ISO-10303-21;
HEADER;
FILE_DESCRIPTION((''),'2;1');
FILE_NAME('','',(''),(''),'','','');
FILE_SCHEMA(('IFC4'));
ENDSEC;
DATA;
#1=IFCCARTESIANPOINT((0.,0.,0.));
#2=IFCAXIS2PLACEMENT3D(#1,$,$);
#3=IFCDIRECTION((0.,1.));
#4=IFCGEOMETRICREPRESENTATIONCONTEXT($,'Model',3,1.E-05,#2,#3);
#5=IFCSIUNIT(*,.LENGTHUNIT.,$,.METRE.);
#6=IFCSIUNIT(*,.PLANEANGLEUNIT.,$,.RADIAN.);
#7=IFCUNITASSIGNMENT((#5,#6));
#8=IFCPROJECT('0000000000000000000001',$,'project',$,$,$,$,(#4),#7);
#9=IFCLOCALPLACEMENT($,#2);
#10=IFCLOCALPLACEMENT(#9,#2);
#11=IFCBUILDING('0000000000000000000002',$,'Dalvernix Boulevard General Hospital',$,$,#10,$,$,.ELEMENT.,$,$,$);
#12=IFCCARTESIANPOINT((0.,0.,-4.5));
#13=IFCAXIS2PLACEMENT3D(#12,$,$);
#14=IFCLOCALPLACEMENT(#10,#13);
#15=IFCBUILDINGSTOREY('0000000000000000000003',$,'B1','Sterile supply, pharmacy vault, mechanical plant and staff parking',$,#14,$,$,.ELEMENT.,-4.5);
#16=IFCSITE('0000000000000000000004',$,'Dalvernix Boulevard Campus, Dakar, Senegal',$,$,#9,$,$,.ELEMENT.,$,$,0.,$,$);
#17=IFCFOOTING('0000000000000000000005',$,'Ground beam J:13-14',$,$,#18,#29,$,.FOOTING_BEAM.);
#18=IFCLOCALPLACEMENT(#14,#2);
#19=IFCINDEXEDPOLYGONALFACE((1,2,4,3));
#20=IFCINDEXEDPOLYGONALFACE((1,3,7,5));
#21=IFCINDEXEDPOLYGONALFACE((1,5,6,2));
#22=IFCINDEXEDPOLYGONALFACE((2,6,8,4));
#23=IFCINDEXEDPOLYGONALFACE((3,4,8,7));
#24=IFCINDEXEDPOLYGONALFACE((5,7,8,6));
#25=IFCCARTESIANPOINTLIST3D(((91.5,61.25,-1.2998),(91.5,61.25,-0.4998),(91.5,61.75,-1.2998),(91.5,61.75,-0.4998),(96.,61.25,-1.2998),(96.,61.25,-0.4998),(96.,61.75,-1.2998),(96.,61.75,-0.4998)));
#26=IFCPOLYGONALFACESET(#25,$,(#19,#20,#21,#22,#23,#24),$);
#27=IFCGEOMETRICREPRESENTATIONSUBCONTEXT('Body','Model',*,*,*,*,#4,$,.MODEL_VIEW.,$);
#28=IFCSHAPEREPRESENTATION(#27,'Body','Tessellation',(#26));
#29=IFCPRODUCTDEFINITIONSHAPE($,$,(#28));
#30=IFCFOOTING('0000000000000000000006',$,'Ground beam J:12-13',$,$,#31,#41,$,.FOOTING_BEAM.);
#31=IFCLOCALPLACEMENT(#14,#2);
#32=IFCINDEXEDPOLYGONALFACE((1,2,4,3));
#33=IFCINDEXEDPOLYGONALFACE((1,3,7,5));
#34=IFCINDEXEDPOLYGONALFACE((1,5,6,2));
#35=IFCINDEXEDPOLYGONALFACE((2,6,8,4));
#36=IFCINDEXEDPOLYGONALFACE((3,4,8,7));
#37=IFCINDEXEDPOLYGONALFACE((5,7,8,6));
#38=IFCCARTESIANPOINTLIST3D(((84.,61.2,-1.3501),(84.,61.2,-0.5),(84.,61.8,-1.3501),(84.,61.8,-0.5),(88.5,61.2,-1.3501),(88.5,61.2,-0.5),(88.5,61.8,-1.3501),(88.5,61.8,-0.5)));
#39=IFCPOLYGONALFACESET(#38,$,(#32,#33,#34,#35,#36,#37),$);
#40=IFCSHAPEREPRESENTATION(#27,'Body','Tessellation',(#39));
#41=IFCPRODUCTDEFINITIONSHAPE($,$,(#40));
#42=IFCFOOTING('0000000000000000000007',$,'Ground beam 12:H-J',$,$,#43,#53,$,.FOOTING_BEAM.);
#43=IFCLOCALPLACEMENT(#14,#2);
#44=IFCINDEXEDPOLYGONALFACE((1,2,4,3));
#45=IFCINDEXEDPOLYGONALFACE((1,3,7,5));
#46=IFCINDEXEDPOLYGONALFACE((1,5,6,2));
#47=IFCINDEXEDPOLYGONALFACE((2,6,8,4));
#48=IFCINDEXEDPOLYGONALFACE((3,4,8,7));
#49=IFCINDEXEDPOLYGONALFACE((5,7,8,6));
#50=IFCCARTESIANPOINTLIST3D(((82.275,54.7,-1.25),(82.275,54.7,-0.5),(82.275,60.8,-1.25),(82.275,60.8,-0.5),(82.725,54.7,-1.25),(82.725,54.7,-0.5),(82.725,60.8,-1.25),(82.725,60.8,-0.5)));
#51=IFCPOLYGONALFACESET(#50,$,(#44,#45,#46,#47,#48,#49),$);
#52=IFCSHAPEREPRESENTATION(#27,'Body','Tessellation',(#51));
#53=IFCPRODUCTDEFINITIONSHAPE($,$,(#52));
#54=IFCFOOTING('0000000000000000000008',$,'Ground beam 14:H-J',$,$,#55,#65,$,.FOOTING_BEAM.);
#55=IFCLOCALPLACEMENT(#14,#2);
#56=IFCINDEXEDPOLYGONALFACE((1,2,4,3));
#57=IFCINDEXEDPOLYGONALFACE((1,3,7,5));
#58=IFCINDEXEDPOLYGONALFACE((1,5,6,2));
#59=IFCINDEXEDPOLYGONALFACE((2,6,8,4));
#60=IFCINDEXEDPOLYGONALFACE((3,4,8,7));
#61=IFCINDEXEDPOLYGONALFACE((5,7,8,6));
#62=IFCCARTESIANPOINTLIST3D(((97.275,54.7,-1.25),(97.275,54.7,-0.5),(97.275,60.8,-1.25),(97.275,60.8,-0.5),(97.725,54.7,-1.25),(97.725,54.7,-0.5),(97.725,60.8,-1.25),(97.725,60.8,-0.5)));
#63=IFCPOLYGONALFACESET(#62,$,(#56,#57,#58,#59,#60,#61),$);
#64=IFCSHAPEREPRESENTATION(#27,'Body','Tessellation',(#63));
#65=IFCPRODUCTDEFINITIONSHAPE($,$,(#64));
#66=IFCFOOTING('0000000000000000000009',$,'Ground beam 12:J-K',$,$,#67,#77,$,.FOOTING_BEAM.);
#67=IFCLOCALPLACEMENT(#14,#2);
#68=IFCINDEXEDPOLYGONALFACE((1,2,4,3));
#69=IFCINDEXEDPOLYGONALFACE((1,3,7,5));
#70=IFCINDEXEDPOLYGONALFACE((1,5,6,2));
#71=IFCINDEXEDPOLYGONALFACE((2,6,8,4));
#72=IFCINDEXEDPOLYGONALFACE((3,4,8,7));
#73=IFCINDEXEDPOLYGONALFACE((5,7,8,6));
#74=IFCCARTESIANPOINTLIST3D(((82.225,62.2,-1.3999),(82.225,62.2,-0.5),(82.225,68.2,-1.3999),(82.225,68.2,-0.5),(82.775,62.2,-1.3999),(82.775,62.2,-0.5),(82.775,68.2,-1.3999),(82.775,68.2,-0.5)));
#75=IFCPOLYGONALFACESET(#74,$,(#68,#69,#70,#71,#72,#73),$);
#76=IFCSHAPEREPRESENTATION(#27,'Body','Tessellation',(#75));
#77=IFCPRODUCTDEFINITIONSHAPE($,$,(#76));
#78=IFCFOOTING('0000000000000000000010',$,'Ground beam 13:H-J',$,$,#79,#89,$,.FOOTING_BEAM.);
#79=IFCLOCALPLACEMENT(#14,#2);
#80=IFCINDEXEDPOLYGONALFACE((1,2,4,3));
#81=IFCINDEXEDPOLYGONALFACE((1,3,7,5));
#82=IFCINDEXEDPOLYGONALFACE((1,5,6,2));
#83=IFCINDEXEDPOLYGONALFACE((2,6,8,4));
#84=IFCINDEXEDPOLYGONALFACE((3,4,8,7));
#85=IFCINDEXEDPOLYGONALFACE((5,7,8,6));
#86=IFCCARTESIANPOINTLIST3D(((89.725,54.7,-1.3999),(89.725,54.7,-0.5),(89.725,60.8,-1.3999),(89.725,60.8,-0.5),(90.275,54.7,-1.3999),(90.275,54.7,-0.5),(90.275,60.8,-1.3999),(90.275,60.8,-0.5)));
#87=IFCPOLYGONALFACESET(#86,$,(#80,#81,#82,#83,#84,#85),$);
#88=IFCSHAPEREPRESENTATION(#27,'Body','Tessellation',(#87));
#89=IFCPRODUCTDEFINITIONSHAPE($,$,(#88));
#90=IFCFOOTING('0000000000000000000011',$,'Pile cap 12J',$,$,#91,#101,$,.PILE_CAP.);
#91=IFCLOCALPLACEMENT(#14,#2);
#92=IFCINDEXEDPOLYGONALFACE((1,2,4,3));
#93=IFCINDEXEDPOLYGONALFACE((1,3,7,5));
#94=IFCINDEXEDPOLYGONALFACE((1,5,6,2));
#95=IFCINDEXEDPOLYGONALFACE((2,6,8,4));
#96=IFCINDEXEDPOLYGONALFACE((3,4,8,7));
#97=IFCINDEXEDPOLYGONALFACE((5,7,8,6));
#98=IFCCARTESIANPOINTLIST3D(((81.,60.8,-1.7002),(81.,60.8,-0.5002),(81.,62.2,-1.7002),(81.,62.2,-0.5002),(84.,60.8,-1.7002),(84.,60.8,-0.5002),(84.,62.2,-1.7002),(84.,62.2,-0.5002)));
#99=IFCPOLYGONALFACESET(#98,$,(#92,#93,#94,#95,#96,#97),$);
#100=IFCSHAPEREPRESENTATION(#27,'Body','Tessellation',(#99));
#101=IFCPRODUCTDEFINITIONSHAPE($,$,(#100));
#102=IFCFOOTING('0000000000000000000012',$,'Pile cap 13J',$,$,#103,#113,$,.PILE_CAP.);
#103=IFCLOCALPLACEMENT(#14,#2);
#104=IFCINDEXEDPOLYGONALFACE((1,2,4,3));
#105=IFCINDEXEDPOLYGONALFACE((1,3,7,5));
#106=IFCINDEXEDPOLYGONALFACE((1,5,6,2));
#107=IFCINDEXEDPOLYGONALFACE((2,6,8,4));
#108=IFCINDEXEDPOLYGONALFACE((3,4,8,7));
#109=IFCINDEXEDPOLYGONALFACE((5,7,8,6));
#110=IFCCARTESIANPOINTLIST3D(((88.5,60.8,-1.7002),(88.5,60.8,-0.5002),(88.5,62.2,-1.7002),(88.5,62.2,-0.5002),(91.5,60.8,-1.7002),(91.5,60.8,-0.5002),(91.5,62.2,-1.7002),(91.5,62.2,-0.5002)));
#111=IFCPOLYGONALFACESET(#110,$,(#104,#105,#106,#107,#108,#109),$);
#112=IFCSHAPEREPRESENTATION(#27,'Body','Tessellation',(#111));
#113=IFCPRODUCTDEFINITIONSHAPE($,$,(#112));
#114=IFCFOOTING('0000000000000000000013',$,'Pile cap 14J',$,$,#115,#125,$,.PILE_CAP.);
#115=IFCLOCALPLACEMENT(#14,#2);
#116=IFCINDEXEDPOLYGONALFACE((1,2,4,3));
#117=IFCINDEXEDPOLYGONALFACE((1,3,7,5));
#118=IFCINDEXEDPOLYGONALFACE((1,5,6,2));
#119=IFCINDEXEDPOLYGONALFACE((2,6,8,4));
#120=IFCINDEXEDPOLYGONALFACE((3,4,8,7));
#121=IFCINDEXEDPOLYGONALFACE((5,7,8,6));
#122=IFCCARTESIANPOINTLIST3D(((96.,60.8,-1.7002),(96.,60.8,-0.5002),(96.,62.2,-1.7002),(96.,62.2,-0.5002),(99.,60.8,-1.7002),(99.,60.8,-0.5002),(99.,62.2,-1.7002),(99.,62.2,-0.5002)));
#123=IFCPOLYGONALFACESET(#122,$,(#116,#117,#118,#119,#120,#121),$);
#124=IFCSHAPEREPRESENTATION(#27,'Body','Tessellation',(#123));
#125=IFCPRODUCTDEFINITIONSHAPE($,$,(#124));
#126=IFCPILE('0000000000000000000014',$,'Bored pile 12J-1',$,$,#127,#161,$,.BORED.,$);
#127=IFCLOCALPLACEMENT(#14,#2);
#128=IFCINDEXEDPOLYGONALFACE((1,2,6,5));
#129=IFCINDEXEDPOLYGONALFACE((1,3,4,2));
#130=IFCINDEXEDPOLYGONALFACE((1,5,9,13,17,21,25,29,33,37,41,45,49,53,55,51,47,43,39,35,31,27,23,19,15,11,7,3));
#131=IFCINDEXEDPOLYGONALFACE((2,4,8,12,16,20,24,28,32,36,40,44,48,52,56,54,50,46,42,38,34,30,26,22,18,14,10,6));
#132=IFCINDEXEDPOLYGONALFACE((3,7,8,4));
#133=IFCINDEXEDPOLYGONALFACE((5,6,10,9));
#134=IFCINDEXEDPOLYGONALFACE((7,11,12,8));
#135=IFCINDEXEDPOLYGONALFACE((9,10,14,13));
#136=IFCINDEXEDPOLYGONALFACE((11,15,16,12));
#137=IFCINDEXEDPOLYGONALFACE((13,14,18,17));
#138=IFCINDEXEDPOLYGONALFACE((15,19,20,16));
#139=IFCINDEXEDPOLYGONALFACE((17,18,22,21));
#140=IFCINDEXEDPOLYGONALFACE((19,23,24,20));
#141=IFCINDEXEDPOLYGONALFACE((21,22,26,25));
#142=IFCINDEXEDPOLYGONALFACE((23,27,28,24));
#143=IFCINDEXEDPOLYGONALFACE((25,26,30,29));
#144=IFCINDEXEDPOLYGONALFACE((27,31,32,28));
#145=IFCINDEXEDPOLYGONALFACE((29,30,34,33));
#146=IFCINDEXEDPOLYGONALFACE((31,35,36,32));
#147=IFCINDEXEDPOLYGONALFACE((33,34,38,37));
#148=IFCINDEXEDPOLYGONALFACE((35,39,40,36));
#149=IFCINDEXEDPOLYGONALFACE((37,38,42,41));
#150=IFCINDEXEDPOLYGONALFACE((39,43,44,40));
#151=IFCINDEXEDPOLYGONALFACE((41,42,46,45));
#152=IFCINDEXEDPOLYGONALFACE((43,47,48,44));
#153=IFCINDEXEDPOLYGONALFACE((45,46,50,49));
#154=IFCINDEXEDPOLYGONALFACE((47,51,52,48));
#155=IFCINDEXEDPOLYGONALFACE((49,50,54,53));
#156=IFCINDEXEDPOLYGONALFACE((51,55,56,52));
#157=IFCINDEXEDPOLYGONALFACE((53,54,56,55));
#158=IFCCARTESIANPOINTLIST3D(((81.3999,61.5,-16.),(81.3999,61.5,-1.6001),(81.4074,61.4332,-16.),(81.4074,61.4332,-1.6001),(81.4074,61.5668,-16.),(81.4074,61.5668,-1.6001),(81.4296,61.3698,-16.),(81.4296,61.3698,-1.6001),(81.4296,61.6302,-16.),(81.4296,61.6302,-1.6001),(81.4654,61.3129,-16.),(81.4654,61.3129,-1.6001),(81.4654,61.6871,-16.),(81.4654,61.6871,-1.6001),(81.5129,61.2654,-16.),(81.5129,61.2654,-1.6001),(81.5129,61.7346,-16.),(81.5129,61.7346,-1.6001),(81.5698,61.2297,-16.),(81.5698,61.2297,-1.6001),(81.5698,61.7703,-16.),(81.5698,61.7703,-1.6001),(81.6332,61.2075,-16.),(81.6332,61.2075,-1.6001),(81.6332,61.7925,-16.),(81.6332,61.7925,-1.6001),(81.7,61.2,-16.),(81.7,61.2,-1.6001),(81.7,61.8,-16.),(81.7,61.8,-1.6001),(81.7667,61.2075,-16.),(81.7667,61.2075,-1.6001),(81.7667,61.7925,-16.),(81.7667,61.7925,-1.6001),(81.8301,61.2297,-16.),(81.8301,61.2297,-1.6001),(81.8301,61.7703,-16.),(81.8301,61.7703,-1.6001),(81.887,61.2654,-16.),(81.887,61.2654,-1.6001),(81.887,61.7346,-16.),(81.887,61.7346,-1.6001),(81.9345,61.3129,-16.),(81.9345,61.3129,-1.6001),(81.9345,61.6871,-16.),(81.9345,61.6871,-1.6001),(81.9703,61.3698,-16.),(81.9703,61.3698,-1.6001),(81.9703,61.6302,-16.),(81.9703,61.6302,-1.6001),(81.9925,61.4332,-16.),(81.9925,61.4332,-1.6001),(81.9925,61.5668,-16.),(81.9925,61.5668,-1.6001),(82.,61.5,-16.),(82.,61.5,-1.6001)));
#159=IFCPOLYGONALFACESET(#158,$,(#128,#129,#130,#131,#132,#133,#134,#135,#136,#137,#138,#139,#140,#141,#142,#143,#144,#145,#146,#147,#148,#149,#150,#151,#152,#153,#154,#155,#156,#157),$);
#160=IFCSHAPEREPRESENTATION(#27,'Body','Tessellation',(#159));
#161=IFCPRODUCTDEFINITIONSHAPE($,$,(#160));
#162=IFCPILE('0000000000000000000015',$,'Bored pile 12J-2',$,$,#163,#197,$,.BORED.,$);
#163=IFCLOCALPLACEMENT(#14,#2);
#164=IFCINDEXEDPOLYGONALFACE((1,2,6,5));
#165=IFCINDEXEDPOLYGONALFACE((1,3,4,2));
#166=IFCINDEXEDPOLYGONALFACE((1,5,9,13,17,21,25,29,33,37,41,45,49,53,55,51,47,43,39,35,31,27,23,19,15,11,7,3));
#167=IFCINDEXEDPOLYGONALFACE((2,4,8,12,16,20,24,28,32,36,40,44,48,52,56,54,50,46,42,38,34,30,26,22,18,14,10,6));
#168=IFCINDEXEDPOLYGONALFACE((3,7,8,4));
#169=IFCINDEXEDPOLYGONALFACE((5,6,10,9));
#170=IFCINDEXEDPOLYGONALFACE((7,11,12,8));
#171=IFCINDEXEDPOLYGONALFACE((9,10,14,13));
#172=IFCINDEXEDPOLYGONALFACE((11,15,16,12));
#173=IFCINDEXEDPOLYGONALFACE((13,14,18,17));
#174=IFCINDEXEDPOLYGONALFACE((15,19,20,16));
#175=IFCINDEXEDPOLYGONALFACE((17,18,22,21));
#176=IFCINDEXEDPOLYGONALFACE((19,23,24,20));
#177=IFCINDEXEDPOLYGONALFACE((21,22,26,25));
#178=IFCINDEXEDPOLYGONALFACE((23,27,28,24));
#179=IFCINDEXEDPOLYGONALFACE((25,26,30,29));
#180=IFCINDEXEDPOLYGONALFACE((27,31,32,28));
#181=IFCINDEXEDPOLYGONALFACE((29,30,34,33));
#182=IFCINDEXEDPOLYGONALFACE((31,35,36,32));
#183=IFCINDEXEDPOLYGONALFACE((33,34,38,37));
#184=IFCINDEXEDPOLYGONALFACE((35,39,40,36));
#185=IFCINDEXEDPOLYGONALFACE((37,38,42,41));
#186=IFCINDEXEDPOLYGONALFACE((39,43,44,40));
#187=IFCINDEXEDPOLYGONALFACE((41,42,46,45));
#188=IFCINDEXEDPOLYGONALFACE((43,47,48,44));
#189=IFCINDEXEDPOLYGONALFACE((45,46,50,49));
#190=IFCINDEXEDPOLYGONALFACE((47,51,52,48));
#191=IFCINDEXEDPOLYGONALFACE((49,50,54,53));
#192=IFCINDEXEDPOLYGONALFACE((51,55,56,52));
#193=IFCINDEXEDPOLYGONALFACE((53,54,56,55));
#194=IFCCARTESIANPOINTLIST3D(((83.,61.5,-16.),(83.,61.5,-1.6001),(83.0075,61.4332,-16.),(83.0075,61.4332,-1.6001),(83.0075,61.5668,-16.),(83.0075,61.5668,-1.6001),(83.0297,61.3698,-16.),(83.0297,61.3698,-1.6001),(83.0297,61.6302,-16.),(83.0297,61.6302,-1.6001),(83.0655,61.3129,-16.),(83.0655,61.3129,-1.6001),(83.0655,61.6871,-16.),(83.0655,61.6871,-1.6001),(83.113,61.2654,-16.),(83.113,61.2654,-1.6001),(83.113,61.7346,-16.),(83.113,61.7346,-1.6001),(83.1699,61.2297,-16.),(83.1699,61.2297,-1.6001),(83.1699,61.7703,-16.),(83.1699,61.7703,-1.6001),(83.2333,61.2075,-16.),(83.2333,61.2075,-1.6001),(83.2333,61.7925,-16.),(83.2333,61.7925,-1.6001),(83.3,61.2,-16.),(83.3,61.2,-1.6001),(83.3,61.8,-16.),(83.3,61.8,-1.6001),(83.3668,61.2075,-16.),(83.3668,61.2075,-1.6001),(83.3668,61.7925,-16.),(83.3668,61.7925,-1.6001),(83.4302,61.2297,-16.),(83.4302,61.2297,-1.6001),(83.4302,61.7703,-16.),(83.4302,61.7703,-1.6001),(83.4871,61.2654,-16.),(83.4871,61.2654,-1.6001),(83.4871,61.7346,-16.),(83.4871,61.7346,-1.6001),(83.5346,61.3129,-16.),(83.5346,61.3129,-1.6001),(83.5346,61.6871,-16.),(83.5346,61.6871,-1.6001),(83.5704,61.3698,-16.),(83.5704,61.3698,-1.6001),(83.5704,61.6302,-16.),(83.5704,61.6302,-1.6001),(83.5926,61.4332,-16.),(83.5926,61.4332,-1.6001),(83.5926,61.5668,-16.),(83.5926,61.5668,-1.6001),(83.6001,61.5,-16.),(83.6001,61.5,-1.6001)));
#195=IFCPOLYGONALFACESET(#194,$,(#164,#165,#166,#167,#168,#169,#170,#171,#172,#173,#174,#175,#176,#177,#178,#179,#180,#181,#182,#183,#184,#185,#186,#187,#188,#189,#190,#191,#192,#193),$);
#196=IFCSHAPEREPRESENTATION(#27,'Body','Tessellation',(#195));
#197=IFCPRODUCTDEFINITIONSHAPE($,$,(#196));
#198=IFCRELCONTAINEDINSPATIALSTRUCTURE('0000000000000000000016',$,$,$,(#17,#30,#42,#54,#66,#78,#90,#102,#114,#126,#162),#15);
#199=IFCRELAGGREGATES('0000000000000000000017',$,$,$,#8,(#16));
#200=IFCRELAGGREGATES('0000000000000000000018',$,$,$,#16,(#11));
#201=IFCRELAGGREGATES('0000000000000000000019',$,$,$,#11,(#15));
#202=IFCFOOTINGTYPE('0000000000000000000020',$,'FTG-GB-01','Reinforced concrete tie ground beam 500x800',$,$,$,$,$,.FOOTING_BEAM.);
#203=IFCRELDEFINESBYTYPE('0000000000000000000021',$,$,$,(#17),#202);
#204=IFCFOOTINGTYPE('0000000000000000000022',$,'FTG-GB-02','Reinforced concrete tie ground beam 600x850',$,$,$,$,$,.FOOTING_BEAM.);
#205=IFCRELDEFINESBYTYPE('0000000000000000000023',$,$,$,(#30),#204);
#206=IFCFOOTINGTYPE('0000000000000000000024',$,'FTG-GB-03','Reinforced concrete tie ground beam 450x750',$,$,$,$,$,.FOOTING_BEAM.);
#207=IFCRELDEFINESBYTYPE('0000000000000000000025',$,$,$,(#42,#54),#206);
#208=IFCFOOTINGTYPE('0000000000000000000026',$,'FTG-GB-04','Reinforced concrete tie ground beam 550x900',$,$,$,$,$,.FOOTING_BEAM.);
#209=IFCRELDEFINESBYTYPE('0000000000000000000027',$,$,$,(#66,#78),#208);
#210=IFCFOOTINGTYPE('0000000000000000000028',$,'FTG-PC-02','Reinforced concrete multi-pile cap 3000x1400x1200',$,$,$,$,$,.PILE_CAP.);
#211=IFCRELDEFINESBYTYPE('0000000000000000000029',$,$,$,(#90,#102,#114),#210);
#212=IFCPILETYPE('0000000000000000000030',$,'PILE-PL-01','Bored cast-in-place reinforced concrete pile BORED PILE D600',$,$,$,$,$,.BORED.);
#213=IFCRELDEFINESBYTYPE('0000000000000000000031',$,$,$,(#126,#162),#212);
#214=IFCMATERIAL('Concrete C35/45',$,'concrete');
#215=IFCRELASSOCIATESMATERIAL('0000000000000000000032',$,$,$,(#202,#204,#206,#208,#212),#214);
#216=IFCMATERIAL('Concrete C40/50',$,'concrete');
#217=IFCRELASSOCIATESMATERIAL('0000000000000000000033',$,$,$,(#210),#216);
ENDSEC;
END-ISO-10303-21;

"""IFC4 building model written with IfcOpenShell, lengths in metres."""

from ifc_helpers import new_model, si_unit, direction, frame, origin, origin_2d, place, context, subcontext, project, spatial, rectangle, circle, extrude, material, material_profile, profile_set, type_object, element, save


model = new_model("IFC4")

# Units and contexts
model_context = context("Model", 3, precision=1e-05, world=origin(), true_north=direction((0.0, 1.0)))
body_context = subcontext(model_context, "Body", "Model", "MODEL_VIEW")
ifc_project = project(units=[si_unit("LENGTHUNIT", "METRE"), si_unit("PLANEANGLEUNIT", "RADIAN")], contexts=[model_context])

# Site, building, storey
site_placement = place(None, origin())
site = spatial("IfcSite", under=ifc_project, at=site_placement, Name="Dalvernix Boulevard Campus, Dakar, Senegal", CompositionType="ELEMENT", RefElevation=0.0)
building_placement = place(site_placement, origin())
building = spatial("IfcBuilding", under=site, at=building_placement, Name="Dalvernix Boulevard General Hospital", CompositionType="ELEMENT")
storey_placement = place(building_placement, frame((0.0, 0.0, -4.5)))
storey = spatial("IfcBuildingStorey", under=building, at=storey_placement, Name="B1", Description="Sterile supply, pharmacy vault, mechanical plant and staff parking", CompositionType="ELEMENT", Elevation=-4.5)

# Footings
ifc_material_1 = material(Name="Concrete C35/45", Category="concrete")
footing_type_1 = type_object("IfcFootingType", Name="FTG-GB-01", Description="Reinforced concrete tie ground beam 500x800", PredefinedType="FOOTING_BEAM", material=ifc_material_1)
footing_1_placement = place(storey_placement, frame((93.75, 61.5, -1.2998), z_axis=(0.0, 0.0, 1.0), x_axis=(1.0, 0.0, 0.0)))
element("IfcFooting", 1, at=footing_1_placement, inside=storey, type_object=footing_type_1, Name="Ground beam J:13-14", PredefinedType="FOOTING_BEAM", context=body_context, shape_type="SweptSolid", body=[
    extrude(rectangle(XDim=4.5, YDim=0.5, at=origin_2d()), origin(), (0.0, 0.0, 1.0), 0.8),
])
footing_type_2 = type_object("IfcFootingType", Name="FTG-GB-02", Description="Reinforced concrete tie ground beam 600x850", PredefinedType="FOOTING_BEAM", material=ifc_material_1)
footing_2_placement = place(storey_placement, frame((86.25, 61.5, -1.3501), z_axis=(0.0, 0.0, 1.0), x_axis=(1.0, 0.0, 0.0)))
element("IfcFooting", 2, at=footing_2_placement, inside=storey, type_object=footing_type_2, Name="Ground beam J:12-13", PredefinedType="FOOTING_BEAM", context=body_context, shape_type="SweptSolid", body=[
    extrude(rectangle(XDim=4.5, YDim=0.6001, at=origin_2d()), origin(), (0.0, 0.0, 1.0), 0.8501),
])
footing_type_3 = type_object("IfcFootingType", Name="FTG-GB-03", Description="Reinforced concrete tie ground beam 450x750", PredefinedType="FOOTING_BEAM", material=ifc_material_1)
for number, where, z_axis, x_axis, name in (
    (3, (82.5, 57.75, -1.25), (0.0, 0.0, 1.0), (0.0, 1.0, 0.0), "Ground beam 12:H-J"),
    (4, (97.5, 57.75, -1.25), (0.0, 0.0, 1.0), (0.0, 1.0, 0.0), "Ground beam 14:H-J"),
):
    element("IfcFooting", number, at=place(storey_placement, frame(where, z_axis=z_axis, x_axis=x_axis)), inside=storey, type_object=footing_type_3, Name=name, PredefinedType="FOOTING_BEAM", context=body_context, shape_type="SweptSolid", body=[
        extrude(rectangle(XDim=6.1001, YDim=0.45, at=origin_2d()), origin(), (0.0, 0.0, 1.0), 0.75),
    ])
footing_type_4 = type_object("IfcFootingType", Name="FTG-GB-04", Description="Reinforced concrete tie ground beam 550x900", PredefinedType="FOOTING_BEAM", material=ifc_material_1)
footing_3_placement = place(storey_placement, frame((82.5, 65.2, -1.3999), z_axis=(0.0, 0.0, 1.0), x_axis=(0.0, 1.0, 0.0)))
element("IfcFooting", 5, at=footing_3_placement, inside=storey, type_object=footing_type_4, Name="Ground beam 12:J-K", PredefinedType="FOOTING_BEAM", context=body_context, shape_type="SweptSolid", body=[
    extrude(rectangle(XDim=6.0, YDim=0.55, at=origin_2d()), origin(), (0.0, 0.0, 1.0), 0.8999),
])
footing_4_placement = place(storey_placement, frame((90.0, 57.75, -1.3999), z_axis=(0.0, 0.0, 1.0), x_axis=(0.0, 1.0, 0.0)))
element("IfcFooting", 6, at=footing_4_placement, inside=storey, type_object=footing_type_4, Name="Ground beam 13:H-J", PredefinedType="FOOTING_BEAM", context=body_context, shape_type="SweptSolid", body=[
    extrude(rectangle(XDim=6.1001, YDim=0.55, at=origin_2d()), origin(), (0.0, 0.0, 1.0), 0.8999),
])
ifc_material_2 = material(Name="Concrete C40/50", Category="concrete")
footing_type_5 = type_object("IfcFootingType", Name="FTG-PC-02", Description="Reinforced concrete multi-pile cap 3000x1400x1200", PredefinedType="PILE_CAP", material=ifc_material_2)
for number, where, z_axis, x_axis, name in (
    (7, (82.5, 61.5, -1.7002), (0.0, 0.0, 1.0), (1.0, 0.0, 0.0), "Pile cap 12J"),
    (8, (90.0, 61.5, -1.7002), (0.0, 0.0, 1.0), (1.0, 0.0, 0.0), "Pile cap 13J"),
    (9, (97.5, 61.5, -1.7002), (0.0, 0.0, 1.0), (1.0, 0.0, 0.0), "Pile cap 14J"),
):
    element("IfcFooting", number, at=place(storey_placement, frame(where, z_axis=z_axis, x_axis=x_axis)), inside=storey, type_object=footing_type_5, Name=name, PredefinedType="PILE_CAP", context=body_context, shape_type="SweptSolid", body=[
        extrude(rectangle(XDim=3.0, YDim=1.3999, at=origin_2d()), origin(), (0.0, 0.0, 1.0), 1.2),
    ])

# Piles
ifc_material_profile_1 = material_profile(ifc_material_1, circle(Radius=0.3, at=origin_2d()), Name="BORED PILE D600")
ifc_profile_set_1 = profile_set([ifc_material_profile_1], Name="Concrete C35/45")
pile_type = type_object("IfcPileType", Name="PILE-PL-01", Description="Bored cast-in-place reinforced concrete pile BORED PILE D600", PredefinedType="BORED", material=ifc_profile_set_1)
for number, where, z_axis, x_axis, name in (
    (10, (81.7, 61.5, -1.6001), (0.0, 0.0, -1.0), (1.0, 0.0, 0.0), "Bored pile 12J-1"),
    (11, (83.3, 61.5, -1.6001), (0.0, 0.0, -1.0), (1.0, 0.0, 0.0), "Bored pile 12J-2"),
):
    element("IfcPile", number, at=place(storey_placement, frame(where, z_axis=z_axis, x_axis=x_axis)), inside=storey, type_object=pile_type, Name=name, PredefinedType="BORED", context=body_context, shape_type="SweptSolid", body=[
        extrude(circle(Radius=0.3, at=origin_2d()), origin(), (0.0, 0.0, 1.0), 14.3999),
    ])

save(model, "model.ifc")
